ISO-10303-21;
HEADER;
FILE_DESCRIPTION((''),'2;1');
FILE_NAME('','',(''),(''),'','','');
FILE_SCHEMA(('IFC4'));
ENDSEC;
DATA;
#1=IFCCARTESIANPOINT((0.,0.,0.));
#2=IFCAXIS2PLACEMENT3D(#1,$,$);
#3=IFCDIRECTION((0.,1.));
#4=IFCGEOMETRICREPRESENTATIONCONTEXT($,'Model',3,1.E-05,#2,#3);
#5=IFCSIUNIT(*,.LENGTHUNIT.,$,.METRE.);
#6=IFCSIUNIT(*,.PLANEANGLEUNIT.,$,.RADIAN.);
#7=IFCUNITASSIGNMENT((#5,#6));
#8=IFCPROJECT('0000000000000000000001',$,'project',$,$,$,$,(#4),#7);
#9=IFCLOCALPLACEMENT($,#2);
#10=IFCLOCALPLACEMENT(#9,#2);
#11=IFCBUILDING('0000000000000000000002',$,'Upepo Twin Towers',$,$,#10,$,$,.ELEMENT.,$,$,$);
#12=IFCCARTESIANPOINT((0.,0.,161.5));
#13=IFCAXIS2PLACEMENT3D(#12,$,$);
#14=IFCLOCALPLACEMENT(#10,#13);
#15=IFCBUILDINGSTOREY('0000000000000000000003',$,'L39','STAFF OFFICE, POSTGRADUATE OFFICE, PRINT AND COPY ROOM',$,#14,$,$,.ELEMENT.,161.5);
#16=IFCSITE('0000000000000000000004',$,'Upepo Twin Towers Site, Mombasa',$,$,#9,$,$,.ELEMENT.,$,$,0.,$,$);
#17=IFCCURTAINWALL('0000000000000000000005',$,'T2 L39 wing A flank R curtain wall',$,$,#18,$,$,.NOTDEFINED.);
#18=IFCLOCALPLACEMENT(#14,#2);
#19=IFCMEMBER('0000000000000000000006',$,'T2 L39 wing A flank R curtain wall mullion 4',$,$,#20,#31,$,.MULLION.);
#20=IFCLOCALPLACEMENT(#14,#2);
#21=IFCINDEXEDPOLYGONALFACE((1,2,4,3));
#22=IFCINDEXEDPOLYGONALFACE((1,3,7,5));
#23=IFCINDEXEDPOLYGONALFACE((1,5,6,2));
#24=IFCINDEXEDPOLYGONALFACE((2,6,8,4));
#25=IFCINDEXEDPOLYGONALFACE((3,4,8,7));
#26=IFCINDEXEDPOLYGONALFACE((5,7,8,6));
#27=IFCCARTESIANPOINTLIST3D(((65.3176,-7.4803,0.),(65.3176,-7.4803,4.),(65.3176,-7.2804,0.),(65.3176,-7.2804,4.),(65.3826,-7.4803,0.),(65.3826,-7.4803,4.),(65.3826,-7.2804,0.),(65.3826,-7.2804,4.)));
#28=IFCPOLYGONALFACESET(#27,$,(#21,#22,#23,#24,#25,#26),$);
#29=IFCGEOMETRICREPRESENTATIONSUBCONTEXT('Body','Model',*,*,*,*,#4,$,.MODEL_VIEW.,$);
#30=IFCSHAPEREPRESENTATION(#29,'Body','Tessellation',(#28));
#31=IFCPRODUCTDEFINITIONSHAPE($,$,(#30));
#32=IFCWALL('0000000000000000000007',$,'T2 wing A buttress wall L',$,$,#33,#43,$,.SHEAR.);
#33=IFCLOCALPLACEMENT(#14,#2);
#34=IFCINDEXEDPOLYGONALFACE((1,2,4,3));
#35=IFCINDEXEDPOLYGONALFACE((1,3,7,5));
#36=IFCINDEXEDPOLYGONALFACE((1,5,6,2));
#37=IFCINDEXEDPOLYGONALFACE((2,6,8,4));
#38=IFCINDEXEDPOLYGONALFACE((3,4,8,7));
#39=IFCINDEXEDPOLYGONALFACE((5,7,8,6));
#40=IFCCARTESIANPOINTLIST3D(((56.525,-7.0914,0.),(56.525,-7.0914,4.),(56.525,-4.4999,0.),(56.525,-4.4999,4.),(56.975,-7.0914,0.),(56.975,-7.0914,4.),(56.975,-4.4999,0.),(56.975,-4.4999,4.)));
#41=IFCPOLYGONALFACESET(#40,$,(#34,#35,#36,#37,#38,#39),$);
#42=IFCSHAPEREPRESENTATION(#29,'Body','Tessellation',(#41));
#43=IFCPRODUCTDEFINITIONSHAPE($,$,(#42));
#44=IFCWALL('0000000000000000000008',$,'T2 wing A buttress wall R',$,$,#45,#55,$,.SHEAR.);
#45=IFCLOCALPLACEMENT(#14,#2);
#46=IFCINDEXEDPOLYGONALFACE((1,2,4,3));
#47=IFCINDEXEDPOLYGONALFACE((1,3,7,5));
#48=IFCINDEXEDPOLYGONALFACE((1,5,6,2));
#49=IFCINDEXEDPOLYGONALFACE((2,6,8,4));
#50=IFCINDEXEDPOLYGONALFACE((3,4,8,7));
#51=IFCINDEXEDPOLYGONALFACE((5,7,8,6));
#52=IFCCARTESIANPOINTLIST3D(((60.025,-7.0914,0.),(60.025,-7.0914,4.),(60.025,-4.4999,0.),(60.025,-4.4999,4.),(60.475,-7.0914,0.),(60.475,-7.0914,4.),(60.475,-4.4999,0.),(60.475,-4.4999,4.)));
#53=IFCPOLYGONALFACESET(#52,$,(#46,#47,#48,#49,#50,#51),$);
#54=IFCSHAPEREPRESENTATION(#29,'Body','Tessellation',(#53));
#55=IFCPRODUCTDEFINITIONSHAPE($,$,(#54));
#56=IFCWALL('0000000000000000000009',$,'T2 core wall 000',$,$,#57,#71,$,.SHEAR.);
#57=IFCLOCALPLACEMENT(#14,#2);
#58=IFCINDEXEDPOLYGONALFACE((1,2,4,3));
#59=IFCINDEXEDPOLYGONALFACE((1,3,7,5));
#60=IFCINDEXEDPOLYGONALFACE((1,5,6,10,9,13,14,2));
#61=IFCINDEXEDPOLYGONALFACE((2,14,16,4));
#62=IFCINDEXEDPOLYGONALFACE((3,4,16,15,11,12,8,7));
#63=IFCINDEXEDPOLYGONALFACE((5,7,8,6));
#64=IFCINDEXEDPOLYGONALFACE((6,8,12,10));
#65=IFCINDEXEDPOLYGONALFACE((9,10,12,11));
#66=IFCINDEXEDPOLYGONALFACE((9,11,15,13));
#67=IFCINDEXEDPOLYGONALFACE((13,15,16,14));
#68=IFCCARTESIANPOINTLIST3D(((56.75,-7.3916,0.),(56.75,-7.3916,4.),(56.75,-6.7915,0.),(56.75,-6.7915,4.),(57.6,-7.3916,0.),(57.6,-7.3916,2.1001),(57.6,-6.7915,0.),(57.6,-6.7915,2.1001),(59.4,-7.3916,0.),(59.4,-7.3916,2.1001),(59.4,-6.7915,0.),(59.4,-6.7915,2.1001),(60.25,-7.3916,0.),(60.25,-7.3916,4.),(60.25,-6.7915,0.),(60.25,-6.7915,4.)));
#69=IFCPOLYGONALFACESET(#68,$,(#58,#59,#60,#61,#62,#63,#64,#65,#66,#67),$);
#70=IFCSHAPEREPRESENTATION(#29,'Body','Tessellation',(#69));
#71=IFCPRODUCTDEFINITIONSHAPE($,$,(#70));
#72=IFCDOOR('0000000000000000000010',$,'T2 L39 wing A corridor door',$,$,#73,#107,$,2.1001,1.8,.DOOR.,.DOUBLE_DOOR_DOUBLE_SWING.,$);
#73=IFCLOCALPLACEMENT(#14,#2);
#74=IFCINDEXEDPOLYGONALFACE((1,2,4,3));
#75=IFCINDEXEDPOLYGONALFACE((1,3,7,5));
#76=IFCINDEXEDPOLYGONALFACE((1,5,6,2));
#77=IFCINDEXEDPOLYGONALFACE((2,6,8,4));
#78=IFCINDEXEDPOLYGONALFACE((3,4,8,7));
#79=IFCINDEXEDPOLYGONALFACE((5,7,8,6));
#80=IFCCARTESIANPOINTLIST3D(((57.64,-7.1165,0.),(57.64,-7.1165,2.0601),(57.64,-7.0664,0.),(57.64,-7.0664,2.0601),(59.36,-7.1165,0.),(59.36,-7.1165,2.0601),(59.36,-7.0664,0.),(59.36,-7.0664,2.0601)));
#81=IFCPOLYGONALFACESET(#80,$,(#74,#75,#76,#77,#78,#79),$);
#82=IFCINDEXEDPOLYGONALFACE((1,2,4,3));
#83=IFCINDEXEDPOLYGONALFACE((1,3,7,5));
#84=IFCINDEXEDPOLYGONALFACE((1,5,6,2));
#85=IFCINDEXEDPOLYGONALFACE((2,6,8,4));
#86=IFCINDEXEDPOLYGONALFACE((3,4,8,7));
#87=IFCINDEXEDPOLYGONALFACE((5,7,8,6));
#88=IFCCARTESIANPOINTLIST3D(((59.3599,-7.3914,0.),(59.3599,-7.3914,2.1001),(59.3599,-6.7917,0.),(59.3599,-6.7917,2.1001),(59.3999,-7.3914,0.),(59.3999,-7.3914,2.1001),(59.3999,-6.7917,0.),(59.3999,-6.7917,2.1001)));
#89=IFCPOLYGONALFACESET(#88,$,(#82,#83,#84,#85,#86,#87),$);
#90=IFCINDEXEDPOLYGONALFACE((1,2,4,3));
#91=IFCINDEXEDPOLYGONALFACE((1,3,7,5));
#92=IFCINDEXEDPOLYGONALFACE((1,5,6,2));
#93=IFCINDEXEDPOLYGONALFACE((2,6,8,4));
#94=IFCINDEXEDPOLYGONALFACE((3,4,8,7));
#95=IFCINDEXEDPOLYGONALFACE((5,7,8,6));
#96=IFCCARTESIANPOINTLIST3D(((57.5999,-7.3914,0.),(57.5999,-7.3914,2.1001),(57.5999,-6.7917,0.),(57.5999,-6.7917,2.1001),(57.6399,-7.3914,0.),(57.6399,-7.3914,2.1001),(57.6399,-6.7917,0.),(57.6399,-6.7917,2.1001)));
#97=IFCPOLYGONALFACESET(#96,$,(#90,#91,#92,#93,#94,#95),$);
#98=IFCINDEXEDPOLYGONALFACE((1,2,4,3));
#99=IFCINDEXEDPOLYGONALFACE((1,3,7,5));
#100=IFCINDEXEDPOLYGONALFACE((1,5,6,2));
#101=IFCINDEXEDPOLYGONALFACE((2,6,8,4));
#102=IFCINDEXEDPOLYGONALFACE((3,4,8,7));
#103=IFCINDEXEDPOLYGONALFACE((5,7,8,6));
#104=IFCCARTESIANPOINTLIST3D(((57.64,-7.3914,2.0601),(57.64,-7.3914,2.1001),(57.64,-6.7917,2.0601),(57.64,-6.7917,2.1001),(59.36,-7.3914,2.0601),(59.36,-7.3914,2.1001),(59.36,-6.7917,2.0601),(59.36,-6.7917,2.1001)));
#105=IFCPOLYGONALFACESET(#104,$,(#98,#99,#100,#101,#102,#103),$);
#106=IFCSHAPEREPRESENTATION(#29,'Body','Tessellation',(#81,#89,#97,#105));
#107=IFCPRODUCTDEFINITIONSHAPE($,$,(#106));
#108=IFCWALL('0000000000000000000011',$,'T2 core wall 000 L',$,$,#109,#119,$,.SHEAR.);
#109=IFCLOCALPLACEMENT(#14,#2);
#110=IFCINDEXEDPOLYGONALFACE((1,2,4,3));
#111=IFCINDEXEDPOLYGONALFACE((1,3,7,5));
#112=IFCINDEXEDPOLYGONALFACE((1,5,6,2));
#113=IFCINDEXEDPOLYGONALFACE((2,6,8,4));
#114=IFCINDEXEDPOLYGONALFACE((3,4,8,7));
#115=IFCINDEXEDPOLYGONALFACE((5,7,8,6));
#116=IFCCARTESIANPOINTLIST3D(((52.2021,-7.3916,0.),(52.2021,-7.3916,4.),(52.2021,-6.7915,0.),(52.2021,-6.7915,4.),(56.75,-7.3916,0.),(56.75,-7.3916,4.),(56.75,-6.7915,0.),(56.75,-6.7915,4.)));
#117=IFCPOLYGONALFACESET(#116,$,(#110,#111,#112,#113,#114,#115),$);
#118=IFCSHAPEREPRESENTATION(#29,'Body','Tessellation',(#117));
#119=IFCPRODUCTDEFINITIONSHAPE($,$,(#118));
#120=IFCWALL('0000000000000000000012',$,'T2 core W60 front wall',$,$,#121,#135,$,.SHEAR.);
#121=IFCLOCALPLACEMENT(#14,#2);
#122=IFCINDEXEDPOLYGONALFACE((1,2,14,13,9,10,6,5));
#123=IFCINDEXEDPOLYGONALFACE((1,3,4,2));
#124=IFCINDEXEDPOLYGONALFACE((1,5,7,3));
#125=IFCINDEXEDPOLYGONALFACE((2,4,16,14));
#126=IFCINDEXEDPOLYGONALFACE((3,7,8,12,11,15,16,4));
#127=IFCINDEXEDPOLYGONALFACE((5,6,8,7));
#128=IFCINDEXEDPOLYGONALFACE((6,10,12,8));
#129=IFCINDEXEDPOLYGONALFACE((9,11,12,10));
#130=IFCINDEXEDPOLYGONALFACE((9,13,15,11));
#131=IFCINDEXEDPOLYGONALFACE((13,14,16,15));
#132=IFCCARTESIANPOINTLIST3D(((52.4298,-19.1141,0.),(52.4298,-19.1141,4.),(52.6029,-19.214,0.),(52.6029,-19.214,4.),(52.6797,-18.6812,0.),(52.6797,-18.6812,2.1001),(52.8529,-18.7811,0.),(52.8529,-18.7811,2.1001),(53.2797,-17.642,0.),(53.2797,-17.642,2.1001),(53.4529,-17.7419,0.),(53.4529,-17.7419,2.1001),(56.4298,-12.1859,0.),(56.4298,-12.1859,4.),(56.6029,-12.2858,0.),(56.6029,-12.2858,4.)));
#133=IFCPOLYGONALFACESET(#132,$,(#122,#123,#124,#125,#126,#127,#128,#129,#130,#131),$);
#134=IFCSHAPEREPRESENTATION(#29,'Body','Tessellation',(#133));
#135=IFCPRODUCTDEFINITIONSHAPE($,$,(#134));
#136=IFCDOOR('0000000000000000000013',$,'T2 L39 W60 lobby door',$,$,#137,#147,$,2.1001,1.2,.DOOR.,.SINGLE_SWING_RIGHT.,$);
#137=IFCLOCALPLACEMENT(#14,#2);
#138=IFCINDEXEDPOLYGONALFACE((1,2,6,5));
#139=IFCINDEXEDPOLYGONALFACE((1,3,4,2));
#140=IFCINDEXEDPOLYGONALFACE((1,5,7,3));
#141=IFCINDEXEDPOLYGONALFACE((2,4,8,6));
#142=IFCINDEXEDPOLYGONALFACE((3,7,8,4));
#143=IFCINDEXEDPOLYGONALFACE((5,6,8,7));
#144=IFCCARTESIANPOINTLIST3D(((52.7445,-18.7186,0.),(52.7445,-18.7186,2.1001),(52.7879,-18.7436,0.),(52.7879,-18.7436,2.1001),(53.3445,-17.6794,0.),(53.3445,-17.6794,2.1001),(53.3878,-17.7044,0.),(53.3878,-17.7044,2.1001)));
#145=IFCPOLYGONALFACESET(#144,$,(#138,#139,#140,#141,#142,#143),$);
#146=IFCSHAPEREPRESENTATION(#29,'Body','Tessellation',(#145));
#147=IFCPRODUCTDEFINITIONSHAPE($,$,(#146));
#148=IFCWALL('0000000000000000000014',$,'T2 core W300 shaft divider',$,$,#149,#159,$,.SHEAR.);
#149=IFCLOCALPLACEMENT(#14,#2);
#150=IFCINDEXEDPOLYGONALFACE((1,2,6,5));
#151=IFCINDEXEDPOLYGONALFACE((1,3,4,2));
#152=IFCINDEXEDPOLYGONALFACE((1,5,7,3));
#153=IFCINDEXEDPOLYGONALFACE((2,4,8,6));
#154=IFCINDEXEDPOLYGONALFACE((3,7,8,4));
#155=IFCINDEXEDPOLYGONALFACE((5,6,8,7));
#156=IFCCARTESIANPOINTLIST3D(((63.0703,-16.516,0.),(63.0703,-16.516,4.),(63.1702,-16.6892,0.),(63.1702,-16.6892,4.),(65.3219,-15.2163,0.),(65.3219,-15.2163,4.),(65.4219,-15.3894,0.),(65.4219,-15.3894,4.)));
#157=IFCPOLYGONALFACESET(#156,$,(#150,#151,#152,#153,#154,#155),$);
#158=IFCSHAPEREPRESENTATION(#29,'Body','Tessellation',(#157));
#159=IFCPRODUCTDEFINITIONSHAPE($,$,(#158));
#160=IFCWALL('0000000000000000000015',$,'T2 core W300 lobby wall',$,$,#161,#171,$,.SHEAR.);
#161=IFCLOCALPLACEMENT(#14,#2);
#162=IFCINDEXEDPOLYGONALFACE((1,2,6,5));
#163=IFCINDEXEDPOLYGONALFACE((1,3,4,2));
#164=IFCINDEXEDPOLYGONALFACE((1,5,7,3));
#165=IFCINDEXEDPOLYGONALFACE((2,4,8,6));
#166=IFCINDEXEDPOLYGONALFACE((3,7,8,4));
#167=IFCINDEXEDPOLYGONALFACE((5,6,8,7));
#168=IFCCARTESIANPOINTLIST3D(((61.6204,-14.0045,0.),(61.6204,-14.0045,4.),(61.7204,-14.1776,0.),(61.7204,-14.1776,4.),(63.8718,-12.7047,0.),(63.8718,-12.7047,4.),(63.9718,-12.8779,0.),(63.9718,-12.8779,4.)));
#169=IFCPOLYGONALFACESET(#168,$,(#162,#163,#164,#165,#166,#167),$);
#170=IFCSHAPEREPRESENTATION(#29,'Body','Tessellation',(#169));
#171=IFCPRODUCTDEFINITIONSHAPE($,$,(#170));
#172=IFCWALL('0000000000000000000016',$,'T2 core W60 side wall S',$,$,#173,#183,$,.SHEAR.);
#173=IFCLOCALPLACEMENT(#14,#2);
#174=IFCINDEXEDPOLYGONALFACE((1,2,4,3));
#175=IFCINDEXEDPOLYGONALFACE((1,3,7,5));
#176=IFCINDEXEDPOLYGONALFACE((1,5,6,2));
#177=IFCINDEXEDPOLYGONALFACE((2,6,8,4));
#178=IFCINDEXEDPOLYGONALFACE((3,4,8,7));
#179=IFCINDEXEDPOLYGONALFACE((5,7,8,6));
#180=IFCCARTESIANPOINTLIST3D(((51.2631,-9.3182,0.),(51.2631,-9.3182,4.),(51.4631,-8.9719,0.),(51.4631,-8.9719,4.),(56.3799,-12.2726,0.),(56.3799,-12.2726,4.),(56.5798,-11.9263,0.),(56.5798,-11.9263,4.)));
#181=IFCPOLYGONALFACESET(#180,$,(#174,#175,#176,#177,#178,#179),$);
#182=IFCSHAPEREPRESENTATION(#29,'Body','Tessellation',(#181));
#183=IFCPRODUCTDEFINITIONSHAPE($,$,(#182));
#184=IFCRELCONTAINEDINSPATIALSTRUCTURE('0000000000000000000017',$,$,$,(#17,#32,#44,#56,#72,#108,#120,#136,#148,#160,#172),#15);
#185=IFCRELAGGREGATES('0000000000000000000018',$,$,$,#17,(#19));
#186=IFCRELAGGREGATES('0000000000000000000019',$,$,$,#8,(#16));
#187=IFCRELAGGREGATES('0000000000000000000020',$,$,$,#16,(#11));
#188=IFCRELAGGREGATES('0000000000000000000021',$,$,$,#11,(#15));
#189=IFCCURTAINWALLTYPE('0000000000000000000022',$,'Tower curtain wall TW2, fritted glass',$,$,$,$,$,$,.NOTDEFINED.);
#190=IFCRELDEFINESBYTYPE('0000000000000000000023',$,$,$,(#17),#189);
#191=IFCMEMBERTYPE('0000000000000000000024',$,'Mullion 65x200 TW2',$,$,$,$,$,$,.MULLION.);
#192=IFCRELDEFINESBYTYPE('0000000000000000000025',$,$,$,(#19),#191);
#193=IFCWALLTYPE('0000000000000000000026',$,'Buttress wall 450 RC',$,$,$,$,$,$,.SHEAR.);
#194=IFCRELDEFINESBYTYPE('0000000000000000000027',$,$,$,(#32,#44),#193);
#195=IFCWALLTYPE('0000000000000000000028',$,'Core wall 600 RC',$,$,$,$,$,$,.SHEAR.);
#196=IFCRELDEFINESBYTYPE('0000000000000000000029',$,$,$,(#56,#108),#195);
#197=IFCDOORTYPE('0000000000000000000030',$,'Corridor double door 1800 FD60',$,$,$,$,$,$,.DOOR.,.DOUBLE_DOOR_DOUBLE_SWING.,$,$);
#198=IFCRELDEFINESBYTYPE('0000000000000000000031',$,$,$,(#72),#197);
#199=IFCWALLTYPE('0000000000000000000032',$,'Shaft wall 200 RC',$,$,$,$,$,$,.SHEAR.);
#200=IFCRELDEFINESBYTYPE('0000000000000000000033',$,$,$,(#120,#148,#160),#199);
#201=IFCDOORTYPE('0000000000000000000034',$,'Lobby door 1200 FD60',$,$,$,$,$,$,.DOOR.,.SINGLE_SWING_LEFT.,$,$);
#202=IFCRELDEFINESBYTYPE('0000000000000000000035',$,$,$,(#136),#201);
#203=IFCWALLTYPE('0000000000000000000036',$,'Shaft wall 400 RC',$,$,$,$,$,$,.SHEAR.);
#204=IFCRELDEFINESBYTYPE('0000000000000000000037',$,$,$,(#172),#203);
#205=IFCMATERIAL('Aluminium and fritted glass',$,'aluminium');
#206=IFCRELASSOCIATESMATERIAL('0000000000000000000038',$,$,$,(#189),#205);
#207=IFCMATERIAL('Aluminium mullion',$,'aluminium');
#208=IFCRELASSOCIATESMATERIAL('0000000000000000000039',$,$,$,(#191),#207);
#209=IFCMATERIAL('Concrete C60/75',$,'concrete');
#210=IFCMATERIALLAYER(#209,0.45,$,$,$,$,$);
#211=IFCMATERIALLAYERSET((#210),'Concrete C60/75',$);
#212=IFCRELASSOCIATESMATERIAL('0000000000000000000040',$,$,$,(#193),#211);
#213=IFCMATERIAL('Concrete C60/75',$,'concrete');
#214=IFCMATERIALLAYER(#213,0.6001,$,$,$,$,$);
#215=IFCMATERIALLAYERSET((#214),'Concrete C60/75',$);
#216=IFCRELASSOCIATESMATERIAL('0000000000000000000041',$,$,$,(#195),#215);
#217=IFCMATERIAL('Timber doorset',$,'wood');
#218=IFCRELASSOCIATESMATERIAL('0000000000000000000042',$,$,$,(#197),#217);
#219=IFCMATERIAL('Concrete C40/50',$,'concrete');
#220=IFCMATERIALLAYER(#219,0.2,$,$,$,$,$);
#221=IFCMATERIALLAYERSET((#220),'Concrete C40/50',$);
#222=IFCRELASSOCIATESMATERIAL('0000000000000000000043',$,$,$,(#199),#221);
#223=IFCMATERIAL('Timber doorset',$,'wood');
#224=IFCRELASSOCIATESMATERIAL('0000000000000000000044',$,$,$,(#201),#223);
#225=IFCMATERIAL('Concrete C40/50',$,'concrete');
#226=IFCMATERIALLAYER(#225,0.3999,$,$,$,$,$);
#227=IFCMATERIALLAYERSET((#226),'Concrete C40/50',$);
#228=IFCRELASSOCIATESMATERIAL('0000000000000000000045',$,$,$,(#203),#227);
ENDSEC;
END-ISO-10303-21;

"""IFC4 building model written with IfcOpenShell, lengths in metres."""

from ifc_helpers import new_model, si_unit, direction, frame, frame_2d, origin, origin_2d, place, context, subcontext, project, spatial, rectangle, extrude, material, layer, layer_set, material_profile, profile_set, type_object, element, fill, aggregate, save


model = new_model("IFC4")

# Units and contexts
model_context = context("Model", 3, precision=1e-05, world=origin(), true_north=direction((0.0, 1.0)))
body_context = subcontext(model_context, "Body", "Model", "MODEL_VIEW")
ifc_project = project(units=[si_unit("LENGTHUNIT", "METRE"), si_unit("PLANEANGLEUNIT", "RADIAN")], contexts=[model_context])

# Site, building, storey
site_placement = place(None, origin())
site = spatial("IfcSite", under=ifc_project, at=site_placement, Name="Upepo Twin Towers Site, Mombasa", CompositionType="ELEMENT", RefElevation=0.0)
building_placement = place(site_placement, origin())
building = spatial("IfcBuilding", under=site, at=building_placement, Name="Upepo Twin Towers", CompositionType="ELEMENT")
storey_placement = place(building_placement, frame((0.0, 0.0, 161.5)))
storey = spatial("IfcBuildingStorey", under=building, at=storey_placement, Name="L39", Description="STAFF OFFICE, POSTGRADUATE OFFICE, PRINT AND COPY ROOM", CompositionType="ELEMENT", Elevation=161.5)

# Curtain wall, member
ifc_material_1 = material(Name="Aluminium and fritted glass", Category="aluminium")
curtain_wall_type = type_object("IfcCurtainWallType", Name="Tower curtain wall TW2, fritted glass", PredefinedType="NOTDEFINED", material=ifc_material_1)
curtain_wall_placement = place(storey_placement, origin())
curtain_wall = element("IfcCurtainWall", 1, at=curtain_wall_placement, inside=storey, type_object=curtain_wall_type, Name="T2 L39 wing A flank R curtain wall", PredefinedType="NOTDEFINED")
ifc_material_2 = material(Name="Aluminium mullion", Category="aluminium")
ifc_material_profile = material_profile(ifc_material_2, rectangle(XDim=0.0649, YDim=0.2, at=origin_2d()), Name="MULLION 65x200")
ifc_profile_set = profile_set([ifc_material_profile], Name="Aluminium mullion")
member_type = type_object("IfcMemberType", Name="Mullion 65x200 TW2", PredefinedType="MULLION", material=ifc_profile_set)
member_placement = place(storey_placement, frame((65.3501, -7.3804, 0.0), z_axis=(0.0, 0.0, 1.0), x_axis=(1.0, 0.0, 0.0)))
member = element("IfcMember", 2, at=member_placement, type_object=member_type, Name="T2 L39 wing A flank R curtain wall mullion 4", PredefinedType="MULLION", context=body_context, shape_type="SweptSolid", body=[
    extrude(rectangle(XDim=0.0649, YDim=0.2, at=origin_2d()), origin(), (0.0, 0.0, 1.0), 4.0),
])
aggregate(curtain_wall, [member])

# Walls
ifc_material_3 = material(Name="Concrete C60/75", Category="concrete")
ifc_layer_1 = layer(ifc_material_3, 0.45)
ifc_layer_set_1 = layer_set([ifc_layer_1], Name="Concrete C60/75")
wall_type_1 = type_object("IfcWallType", Name="Buttress wall 450 RC", PredefinedType="SHEAR", material=ifc_layer_set_1)
for number, where, z_axis, x_axis, name in (
    (3, (56.75, -7.0916, 0.0), (0.0, 0.0, 1.0), (0.0, 1.0, 0.0), "T2 wing A buttress wall L"),
    (4, (60.25, -7.0916, 0.0), (0.0, 0.0, 1.0), (0.0, 1.0, 0.0), "T2 wing A buttress wall R"),
):
    element("IfcWall", number, at=place(storey_placement, frame(where, z_axis=z_axis, x_axis=x_axis)), inside=storey, type_object=wall_type_1, Name=name, PredefinedType="SHEAR", context=body_context, shape_type="SweptSolid", body=[
        extrude(rectangle(XDim=2.5916, YDim=0.45, at=frame_2d((1.2959, 0.0))), origin(), (0.0, 0.0, 1.0), 4.0),
    ])

# Wall, opening, door
ifc_material_4 = material(Name="Concrete C60/75", Category="concrete")
ifc_layer_2 = layer(ifc_material_4, 0.6001)
ifc_layer_set_2 = layer_set([ifc_layer_2], Name="Concrete C60/75")
wall_type_2 = type_object("IfcWallType", Name="Core wall 600 RC", PredefinedType="SHEAR", material=ifc_layer_set_2)
wall_1_placement = place(storey_placement, frame((60.25, -7.0916, 0.0), z_axis=(0.0, 0.0, 1.0), x_axis=(-1.0, 0.0, 0.0)))
wall_1 = element("IfcWall", 5, at=wall_1_placement, inside=storey, type_object=wall_type_2, Name="T2 core wall 000", PredefinedType="SHEAR", context=body_context, shape_type="SweptSolid", body=[
    extrude(rectangle(XDim=3.5, YDim=0.6001, at=frame_2d((1.75, 0.0))), origin(), (0.0, 0.0, 1.0), 4.0),
])
opening_1_placement = place(wall_1_placement, frame((0.8501, 0.0, 0.0)))
opening_1 = element("IfcOpeningElement", 6, at=opening_1_placement, cuts=wall_1, PredefinedType="OPENING", context=body_context, shape_type="SweptSolid", body=[
    extrude(rectangle(XDim=1.8, YDim=2.1001, at=frame_2d((0.8999, 1.05))), frame((0.0, 0.3101, 0.0), z_axis=(0.0, -1.0, 0.0), x_axis=(1.0, 0.0, 0.0)), (0.0, 0.0, 1.0), 0.6201),
])
ifc_material_5 = material(Name="Timber doorset", Category="wood")
door_type_1 = type_object("IfcDoorType", Name="Corridor double door 1800 FD60", OperationType="DOUBLE_DOOR_DOUBLE_SWING", PredefinedType="DOOR", material=ifc_material_5)
door_1_placement = place(opening_1_placement, origin())
door_1 = element("IfcDoor", 7, at=door_1_placement, inside=storey, type_object=door_type_1, Name="T2 L39 wing A corridor door", OperationType="DOUBLE_DOOR_DOUBLE_SWING", OverallHeight=2.1001, OverallWidth=1.8, PredefinedType="DOOR", context=body_context, shape_type="SweptSolid", body=[
    extrude(rectangle(XDim=1.72, YDim=2.0601, at=frame_2d((0.8999, 1.03))), frame((0.0, 0.0249, 0.0), z_axis=(0.0, -1.0, 0.0), x_axis=(1.0, 0.0, 0.0)), (0.0, 0.0, 1.0), 0.05),
    extrude(rectangle(XDim=0.04, YDim=2.1001, at=frame_2d((0.02, 1.05))), frame((0.0, 0.2998, 0.0), z_axis=(0.0, -1.0, 0.0), x_axis=(1.0, 0.0, 0.0)), (0.0, 0.0, 1.0), 0.5996),
    extrude(rectangle(XDim=0.04, YDim=2.1001, at=frame_2d((1.78, 1.05))), frame((0.0, 0.2998, 0.0), z_axis=(0.0, -1.0, 0.0), x_axis=(1.0, 0.0, 0.0)), (0.0, 0.0, 1.0), 0.5996),
    extrude(rectangle(XDim=1.72, YDim=0.04, at=frame_2d((0.8999, 2.0801))), frame((0.0, 0.2998, 0.0), z_axis=(0.0, -1.0, 0.0), x_axis=(1.0, 0.0, 0.0)), (0.0, 0.0, 1.0), 0.5996),
])
fill(opening_1, door_1)

# Wall
wall_2_placement = place(storey_placement, frame((56.75, -7.0916, 0.0), z_axis=(0.0, 0.0, 1.0), x_axis=(-1.0, 0.0, 0.0)))
element("IfcWall", 8, at=wall_2_placement, inside=storey, type_object=wall_type_2, Name="T2 core wall 000 L", PredefinedType="SHEAR", context=body_context, shape_type="SweptSolid", body=[
    extrude(rectangle(XDim=4.5479, YDim=0.6001, at=frame_2d((2.2739, 0.0))), origin(), (0.0, 0.0, 1.0), 4.0),
])

# Wall, opening, door
ifc_material_6 = material(Name="Concrete C40/50", Category="concrete")
ifc_layer_3 = layer(ifc_material_6, 0.2)
ifc_layer_set_3 = layer_set([ifc_layer_3], Name="Concrete C40/50")
wall_type_3 = type_object("IfcWallType", Name="Shaft wall 200 RC", PredefinedType="SHEAR", material=ifc_layer_set_3)
wall_3_placement = place(storey_placement, frame((56.5164, -12.2358, 0.0), z_axis=(0.0, 0.0, 1.0), x_axis=(-0.499999, -0.866026, 0.0)))
wall_3 = element("IfcWall", 9, at=wall_3_placement, inside=storey, type_object=wall_type_3, Name="T2 core W60 front wall", PredefinedType="SHEAR", context=body_context, shape_type="SweptSolid", body=[
    extrude(rectangle(XDim=8.0, YDim=0.2, at=frame_2d((4.0, 0.0))), origin(), (0.0, 0.0, 1.0), 4.0),
])
opening_2_placement = place(wall_3_placement, frame((6.3, 0.0, 0.0)))
opening_2 = element("IfcOpeningElement", 10, at=opening_2_placement, cuts=wall_3, PredefinedType="OPENING", context=body_context, shape_type="SweptSolid", body=[
    extrude(rectangle(XDim=1.2, YDim=2.1001, at=frame_2d((0.6001, 1.05))), frame((0.0, 0.1099, 0.0), z_axis=(0.0, -1.0, 0.0), x_axis=(1.0, 0.0, 0.0)), (0.0, 0.0, 1.0), 0.22),
])
ifc_material_7 = material(Name="Timber doorset", Category="wood")
door_type_2 = type_object("IfcDoorType", Name="Lobby door 1200 FD60", OperationType="SINGLE_SWING_LEFT", PredefinedType="DOOR", material=ifc_material_7)
door_2_placement = place(opening_2_placement, origin())
door_2 = element("IfcDoor", 11, at=door_2_placement, inside=storey, type_object=door_type_2, Name="T2 L39 W60 lobby door", OperationType="SINGLE_SWING_RIGHT", OverallHeight=2.1001, OverallWidth=1.2, PredefinedType="DOOR", context=body_context, shape_type="SweptSolid", body=[
    extrude(rectangle(XDim=1.2, YDim=2.1001, at=frame_2d((0.6001, 1.05))), frame((0.0, 0.0249, 0.0), z_axis=(0.0, -1.0, 0.0), x_axis=(1.0, 0.0, 0.0)), (0.0, 0.0, 1.0), 0.05),
])
fill(opening_2, door_2)

# Walls
wall_4_placement = place(storey_placement, frame((63.1204, -16.6025, 0.0), z_axis=(0.0, 0.0, 1.0), x_axis=(0.866062, 0.499937, 0.0)))
element("IfcWall", 12, at=wall_4_placement, inside=storey, type_object=wall_type_3, Name="T2 core W300 shaft divider", PredefinedType="SHEAR", context=body_context, shape_type="SweptSolid", body=[
    extrude(rectangle(XDim=2.5999, YDim=0.2, at=frame_2d((1.2998, 0.0))), origin(), (0.0, 0.0, 1.0), 4.0),
])
wall_5_placement = place(storey_placement, frame((61.6704, -14.0911, 0.0), z_axis=(0.0, 0.0, 1.0), x_axis=(0.866039, 0.499977, 0.0)))
element("IfcWall", 13, at=wall_5_placement, inside=storey, type_object=wall_type_3, Name="T2 core W300 lobby wall", PredefinedType="SHEAR", context=body_context, shape_type="SweptSolid", body=[
    extrude(rectangle(XDim=2.5996, YDim=0.2, at=frame_2d((1.2998, 0.0))), origin(), (0.0, 0.0, 1.0), 4.0),
])
ifc_material_8 = material(Name="Concrete C40/50", Category="concrete")
ifc_layer_4 = layer(ifc_material_8, 0.3999)
ifc_layer_set_4 = layer_set([ifc_layer_4], Name="Concrete C40/50")
wall_type_4 = type_object("IfcWallType", Name="Shaft wall 400 RC", PredefinedType="SHEAR", material=ifc_layer_set_4)
for number, where, z_axis, x_axis, name in (
    (14, (56.4797, -12.0994, 0.0), (0.0, 0.0, 1.0), (-0.866009, 0.500028, 0.0), "T2 core W60 side wall S"),
):
    element("IfcWall", number, at=place(storey_placement, frame(where, z_axis=z_axis, x_axis=x_axis)), inside=storey, type_object=wall_type_4, Name=name, PredefinedType="SHEAR", context=body_context, shape_type="SweptSolid", body=[
        extrude(rectangle(XDim=5.9084, YDim=0.3999, at=frame_2d((2.9541, 0.0))), origin(), (0.0, 0.0, 1.0), 4.0),
    ])

save(model, "model.ifc")
